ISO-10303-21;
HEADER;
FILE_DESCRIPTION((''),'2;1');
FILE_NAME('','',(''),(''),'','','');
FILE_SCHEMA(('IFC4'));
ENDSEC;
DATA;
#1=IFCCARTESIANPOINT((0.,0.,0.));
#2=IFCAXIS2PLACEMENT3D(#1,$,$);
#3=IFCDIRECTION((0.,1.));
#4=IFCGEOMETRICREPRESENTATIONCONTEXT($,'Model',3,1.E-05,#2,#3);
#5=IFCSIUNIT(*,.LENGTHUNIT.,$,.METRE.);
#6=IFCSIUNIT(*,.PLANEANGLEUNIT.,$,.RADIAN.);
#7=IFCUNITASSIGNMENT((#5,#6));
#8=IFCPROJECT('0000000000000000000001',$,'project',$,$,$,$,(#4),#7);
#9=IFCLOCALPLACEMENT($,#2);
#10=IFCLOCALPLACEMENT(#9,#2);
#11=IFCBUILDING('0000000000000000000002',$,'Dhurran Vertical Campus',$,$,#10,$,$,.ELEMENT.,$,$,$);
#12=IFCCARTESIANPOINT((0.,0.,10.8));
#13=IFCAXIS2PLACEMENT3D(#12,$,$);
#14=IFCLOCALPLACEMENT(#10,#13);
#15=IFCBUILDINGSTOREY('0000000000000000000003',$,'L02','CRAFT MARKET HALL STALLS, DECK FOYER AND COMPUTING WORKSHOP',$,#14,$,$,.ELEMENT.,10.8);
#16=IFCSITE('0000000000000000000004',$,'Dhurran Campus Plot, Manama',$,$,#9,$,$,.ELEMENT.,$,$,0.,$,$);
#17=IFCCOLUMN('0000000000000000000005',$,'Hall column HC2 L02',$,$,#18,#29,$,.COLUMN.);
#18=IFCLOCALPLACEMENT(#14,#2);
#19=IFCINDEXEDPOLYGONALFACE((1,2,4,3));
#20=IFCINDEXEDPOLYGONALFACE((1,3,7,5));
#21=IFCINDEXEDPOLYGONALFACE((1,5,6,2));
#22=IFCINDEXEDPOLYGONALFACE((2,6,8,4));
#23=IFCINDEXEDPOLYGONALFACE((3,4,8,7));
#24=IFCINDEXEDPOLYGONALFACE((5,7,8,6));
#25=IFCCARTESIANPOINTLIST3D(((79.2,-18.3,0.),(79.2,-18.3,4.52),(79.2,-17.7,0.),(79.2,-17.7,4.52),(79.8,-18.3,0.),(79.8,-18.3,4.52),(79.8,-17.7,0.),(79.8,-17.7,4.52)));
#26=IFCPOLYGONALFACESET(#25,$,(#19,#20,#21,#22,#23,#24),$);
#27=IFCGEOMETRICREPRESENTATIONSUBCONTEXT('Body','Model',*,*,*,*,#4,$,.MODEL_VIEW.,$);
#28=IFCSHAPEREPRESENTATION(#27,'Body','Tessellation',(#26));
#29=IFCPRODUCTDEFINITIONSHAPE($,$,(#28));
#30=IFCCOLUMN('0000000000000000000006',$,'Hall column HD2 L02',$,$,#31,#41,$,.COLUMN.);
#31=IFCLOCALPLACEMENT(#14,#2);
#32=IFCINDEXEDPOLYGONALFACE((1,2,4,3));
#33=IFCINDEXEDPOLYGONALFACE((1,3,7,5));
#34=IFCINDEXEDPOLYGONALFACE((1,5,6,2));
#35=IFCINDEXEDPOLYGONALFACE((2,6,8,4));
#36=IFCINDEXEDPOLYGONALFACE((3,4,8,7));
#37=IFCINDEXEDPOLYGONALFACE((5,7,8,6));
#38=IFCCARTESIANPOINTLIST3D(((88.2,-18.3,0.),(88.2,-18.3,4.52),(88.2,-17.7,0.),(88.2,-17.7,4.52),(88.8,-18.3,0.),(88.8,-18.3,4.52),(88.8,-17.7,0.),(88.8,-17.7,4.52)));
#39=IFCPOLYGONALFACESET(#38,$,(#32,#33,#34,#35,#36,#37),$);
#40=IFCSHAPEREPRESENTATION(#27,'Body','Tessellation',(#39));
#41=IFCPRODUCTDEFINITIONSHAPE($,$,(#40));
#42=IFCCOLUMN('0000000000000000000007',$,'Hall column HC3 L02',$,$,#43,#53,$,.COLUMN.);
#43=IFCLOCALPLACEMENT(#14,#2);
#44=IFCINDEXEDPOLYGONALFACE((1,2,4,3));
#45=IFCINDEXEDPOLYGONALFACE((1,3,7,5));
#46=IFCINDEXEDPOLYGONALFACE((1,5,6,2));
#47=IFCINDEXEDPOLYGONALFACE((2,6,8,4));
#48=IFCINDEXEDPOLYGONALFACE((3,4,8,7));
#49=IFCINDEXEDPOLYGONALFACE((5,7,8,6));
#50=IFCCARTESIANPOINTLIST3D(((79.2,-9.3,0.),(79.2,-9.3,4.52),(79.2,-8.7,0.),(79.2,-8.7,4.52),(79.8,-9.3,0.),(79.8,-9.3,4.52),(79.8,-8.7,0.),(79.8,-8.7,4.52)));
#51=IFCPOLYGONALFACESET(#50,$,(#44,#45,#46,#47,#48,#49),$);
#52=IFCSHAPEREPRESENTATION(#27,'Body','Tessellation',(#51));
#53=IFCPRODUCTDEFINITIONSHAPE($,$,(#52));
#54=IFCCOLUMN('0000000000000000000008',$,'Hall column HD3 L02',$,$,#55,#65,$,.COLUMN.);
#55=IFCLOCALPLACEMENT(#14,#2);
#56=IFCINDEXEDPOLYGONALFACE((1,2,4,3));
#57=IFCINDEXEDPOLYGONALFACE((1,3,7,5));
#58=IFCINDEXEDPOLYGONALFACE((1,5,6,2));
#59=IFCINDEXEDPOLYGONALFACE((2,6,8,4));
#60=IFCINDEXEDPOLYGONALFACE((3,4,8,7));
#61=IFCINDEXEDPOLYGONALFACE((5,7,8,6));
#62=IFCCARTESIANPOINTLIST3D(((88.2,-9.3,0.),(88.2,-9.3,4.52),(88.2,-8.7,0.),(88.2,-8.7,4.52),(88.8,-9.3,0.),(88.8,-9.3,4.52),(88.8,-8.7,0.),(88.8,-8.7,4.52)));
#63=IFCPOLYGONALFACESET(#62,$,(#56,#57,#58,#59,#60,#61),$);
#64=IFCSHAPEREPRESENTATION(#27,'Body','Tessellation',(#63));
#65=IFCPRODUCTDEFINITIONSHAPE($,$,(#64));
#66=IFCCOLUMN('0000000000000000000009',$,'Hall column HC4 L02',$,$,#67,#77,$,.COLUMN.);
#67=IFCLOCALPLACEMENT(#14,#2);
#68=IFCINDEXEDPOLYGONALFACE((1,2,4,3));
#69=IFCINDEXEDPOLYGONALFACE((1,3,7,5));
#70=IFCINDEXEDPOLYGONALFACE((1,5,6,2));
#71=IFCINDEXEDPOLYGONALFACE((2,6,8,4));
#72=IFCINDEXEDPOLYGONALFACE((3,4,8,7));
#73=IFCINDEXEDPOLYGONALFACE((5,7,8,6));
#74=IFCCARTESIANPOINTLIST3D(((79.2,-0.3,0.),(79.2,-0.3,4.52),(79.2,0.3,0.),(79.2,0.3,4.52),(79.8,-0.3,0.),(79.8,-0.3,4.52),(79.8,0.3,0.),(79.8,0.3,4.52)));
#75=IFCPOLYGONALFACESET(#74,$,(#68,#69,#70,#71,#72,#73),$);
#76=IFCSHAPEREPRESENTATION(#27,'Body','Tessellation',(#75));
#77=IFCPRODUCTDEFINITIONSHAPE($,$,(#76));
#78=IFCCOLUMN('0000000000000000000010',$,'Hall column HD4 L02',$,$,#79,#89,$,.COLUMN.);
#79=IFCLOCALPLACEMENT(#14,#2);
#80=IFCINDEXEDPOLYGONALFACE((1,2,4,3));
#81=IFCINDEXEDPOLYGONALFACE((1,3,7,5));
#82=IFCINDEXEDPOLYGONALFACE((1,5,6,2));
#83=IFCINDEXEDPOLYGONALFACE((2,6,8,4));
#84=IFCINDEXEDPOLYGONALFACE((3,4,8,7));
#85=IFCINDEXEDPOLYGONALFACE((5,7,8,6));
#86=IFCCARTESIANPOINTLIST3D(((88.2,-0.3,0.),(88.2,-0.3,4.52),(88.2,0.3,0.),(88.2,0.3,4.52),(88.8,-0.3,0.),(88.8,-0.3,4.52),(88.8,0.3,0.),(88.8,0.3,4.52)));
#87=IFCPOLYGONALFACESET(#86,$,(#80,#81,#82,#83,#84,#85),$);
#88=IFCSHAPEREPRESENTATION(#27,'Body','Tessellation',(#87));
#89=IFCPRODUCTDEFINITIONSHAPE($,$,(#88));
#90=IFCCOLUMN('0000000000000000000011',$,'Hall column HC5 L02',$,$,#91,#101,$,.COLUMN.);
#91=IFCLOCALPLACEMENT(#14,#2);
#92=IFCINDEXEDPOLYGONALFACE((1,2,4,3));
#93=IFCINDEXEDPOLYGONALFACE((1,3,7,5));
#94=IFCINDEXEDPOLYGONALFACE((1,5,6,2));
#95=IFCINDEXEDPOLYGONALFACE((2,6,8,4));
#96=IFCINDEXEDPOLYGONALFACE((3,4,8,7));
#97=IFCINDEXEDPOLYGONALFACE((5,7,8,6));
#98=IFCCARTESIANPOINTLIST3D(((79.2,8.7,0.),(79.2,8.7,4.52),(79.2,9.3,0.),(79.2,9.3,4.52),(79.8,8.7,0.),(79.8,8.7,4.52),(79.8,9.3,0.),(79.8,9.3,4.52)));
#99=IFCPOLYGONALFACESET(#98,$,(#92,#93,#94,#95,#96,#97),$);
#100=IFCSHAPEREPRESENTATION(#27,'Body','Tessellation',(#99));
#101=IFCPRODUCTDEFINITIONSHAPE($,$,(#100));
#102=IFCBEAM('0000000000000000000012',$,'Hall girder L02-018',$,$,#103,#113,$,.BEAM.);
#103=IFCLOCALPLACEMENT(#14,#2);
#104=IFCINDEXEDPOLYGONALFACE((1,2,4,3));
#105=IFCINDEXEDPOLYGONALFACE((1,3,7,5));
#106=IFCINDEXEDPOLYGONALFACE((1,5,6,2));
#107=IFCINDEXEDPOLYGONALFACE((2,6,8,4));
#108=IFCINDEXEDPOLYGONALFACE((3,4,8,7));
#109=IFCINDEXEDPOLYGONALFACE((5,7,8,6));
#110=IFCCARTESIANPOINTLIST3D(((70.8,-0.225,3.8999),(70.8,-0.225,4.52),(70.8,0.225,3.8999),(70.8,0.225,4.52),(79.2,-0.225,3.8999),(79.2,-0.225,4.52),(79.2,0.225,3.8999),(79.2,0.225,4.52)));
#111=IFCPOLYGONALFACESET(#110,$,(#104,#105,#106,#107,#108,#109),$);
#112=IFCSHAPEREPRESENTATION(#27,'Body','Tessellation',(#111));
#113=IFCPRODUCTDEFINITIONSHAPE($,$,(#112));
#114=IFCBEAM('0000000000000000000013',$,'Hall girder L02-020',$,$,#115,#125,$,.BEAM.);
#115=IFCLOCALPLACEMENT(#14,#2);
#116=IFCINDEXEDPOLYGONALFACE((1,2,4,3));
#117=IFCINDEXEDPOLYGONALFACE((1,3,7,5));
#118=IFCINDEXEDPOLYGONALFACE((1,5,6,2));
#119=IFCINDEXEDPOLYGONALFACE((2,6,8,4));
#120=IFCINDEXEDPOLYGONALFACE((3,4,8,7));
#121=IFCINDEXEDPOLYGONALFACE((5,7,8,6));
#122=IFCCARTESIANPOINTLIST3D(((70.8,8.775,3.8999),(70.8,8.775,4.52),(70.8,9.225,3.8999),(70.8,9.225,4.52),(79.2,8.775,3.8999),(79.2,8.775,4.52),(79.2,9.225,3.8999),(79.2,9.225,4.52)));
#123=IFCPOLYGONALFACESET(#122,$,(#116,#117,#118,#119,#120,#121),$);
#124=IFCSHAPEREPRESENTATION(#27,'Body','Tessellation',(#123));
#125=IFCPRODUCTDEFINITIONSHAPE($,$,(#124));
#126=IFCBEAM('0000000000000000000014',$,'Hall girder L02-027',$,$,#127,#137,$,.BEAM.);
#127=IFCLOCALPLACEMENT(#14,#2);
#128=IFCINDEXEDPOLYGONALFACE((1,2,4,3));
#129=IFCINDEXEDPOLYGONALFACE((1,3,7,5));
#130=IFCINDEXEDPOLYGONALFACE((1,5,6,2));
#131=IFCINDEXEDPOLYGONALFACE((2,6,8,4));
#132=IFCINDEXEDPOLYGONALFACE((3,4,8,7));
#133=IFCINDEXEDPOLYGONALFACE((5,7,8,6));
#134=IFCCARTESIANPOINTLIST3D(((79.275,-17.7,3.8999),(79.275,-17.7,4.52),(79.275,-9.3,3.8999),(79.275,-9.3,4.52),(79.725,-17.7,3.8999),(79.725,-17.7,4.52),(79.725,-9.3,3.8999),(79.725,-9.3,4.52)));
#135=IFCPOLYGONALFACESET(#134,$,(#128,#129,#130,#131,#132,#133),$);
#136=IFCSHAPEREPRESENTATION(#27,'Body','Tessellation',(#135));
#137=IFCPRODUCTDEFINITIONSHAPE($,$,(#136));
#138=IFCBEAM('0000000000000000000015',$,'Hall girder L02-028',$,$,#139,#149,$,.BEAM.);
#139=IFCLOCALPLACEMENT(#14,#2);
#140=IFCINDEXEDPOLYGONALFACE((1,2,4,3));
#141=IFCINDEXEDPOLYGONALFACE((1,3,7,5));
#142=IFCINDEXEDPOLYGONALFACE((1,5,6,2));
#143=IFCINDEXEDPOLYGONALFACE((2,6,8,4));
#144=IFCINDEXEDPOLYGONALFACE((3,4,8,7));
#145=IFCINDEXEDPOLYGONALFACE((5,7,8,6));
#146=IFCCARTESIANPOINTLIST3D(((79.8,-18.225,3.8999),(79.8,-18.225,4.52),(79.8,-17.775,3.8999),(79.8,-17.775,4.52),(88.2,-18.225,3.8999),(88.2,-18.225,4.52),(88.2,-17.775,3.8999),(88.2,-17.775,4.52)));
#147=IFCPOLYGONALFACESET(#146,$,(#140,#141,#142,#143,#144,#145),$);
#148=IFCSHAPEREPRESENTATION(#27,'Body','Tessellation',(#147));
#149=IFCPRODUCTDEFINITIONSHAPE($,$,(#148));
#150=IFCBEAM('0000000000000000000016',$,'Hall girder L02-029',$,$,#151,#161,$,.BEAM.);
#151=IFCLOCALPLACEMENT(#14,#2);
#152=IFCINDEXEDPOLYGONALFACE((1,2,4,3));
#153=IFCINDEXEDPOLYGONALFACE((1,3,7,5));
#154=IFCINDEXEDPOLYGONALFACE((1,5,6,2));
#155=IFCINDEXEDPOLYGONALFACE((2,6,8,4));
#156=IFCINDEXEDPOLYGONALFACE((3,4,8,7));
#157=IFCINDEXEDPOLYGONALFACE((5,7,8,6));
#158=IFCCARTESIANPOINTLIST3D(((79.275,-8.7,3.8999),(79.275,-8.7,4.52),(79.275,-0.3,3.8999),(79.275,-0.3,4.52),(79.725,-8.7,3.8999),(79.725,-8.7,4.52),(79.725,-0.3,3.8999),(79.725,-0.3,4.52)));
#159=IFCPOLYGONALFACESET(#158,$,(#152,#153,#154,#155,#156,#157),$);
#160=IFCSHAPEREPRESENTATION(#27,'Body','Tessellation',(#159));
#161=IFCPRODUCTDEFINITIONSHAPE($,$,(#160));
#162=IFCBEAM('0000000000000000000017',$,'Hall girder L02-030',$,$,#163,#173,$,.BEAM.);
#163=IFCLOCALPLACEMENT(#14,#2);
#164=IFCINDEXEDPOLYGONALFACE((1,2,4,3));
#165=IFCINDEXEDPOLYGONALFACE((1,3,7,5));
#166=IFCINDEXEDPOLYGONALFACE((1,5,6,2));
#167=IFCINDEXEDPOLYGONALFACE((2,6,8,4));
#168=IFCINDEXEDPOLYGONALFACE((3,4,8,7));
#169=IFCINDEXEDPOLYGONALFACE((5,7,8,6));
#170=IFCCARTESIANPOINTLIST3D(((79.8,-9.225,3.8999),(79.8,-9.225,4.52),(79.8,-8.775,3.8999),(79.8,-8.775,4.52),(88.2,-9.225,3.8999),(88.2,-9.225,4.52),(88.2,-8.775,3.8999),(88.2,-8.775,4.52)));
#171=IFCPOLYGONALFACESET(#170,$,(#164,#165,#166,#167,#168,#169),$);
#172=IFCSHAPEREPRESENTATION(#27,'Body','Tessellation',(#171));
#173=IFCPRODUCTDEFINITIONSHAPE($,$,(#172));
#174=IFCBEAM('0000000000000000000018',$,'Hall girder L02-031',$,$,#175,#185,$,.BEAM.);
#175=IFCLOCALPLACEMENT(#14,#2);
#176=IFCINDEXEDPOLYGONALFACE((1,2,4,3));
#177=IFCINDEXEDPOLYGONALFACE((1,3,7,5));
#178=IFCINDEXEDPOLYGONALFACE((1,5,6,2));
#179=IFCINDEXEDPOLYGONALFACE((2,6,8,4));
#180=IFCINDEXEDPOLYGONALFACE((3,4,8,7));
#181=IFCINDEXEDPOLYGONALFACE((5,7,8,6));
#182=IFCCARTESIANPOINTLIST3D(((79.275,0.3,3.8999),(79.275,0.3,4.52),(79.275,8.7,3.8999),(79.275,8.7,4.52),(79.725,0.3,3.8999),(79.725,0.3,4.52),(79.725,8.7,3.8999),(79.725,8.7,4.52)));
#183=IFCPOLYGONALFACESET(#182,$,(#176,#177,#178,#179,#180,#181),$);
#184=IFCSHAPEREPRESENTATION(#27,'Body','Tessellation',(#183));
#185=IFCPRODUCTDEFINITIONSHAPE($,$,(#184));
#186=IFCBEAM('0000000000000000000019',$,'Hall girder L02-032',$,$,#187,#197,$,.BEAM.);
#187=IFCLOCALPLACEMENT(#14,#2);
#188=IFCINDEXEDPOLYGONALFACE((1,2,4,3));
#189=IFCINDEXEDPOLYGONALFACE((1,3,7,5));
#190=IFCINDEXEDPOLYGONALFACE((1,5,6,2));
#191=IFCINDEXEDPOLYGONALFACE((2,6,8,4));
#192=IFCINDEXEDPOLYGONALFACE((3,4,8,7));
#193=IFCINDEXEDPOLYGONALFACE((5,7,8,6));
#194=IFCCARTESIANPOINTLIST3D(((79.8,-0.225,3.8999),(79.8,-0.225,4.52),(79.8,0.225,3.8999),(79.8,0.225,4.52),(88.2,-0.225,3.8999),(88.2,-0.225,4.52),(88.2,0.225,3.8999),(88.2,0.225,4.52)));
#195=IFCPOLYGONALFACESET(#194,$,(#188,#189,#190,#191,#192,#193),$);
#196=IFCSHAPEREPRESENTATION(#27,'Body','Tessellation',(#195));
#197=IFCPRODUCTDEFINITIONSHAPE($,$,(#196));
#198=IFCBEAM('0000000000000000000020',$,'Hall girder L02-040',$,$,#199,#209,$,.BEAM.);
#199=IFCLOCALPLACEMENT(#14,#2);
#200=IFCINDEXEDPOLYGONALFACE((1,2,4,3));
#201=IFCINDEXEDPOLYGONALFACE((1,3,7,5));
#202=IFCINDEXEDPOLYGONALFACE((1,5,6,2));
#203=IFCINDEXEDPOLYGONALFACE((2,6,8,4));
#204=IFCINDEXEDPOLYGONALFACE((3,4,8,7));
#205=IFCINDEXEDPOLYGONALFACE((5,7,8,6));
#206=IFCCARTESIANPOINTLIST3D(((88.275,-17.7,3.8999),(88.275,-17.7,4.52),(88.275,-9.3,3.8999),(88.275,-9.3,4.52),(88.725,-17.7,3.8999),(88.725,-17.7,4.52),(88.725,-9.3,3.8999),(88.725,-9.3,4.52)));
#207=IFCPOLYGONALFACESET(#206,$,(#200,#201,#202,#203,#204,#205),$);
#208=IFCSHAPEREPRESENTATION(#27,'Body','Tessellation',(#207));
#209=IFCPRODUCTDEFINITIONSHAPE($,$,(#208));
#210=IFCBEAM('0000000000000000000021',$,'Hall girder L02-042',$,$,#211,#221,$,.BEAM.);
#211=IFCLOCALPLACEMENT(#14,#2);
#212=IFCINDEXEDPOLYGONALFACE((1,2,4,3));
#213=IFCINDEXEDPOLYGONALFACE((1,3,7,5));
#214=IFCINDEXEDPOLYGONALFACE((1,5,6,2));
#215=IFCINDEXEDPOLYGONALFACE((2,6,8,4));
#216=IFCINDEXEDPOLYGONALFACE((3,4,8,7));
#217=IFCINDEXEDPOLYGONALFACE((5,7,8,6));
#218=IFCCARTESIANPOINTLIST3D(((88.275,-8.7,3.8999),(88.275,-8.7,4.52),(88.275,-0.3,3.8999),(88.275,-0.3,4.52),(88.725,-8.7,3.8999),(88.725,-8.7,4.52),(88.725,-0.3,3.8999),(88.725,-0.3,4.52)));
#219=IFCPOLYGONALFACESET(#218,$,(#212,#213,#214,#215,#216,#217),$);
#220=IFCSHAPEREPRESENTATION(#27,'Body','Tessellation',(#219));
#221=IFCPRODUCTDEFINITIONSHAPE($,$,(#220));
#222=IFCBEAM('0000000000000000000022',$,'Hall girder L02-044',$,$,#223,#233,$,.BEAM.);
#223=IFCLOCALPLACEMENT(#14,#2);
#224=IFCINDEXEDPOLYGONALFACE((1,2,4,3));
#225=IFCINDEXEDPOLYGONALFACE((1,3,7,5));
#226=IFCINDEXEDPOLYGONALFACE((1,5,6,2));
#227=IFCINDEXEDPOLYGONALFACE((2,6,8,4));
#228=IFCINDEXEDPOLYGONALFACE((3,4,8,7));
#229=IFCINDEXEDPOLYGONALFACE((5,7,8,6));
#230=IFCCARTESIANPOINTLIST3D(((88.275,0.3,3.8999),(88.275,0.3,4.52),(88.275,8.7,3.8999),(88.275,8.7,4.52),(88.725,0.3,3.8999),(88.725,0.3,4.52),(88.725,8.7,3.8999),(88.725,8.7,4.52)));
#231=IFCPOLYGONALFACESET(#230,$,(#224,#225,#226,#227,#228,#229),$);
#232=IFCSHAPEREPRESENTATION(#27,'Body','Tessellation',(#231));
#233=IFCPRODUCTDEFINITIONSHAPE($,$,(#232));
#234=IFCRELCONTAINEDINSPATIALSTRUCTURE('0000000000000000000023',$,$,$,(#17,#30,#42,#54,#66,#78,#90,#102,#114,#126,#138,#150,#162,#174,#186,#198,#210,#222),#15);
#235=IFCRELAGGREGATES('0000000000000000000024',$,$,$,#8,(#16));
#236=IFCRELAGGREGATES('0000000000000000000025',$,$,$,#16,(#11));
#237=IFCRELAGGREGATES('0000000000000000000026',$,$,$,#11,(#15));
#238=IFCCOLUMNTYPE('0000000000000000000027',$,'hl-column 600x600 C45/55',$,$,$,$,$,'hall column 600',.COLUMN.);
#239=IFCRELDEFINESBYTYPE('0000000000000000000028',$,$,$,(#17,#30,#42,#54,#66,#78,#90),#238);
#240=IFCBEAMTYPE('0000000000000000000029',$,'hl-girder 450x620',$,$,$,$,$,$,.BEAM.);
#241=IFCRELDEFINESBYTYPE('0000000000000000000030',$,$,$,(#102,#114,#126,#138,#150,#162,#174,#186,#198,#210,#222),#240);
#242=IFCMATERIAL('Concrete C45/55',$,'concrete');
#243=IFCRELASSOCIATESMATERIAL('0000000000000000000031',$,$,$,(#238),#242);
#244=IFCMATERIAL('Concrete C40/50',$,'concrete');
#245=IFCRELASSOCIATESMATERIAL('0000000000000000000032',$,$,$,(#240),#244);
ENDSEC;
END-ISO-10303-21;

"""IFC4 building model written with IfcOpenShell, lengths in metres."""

from ifc_helpers import new_model, si_unit, direction, frame, origin, origin_2d, place, context, subcontext, project, spatial, rectangle, extrude, material, material_profile, profile_set, type_object, element, save


model = new_model("IFC4")

# Units and contexts
model_context = context("Model", 3, precision=1e-05, world=origin(), true_north=direction((0.0, 1.0)))
body_context = subcontext(model_context, "Body", "Model", "MODEL_VIEW")
ifc_project = project(units=[si_unit("LENGTHUNIT", "METRE"), si_unit("PLANEANGLEUNIT", "RADIAN")], contexts=[model_context])

# Site, building, storey
site_placement = place(None, origin())
site = spatial("IfcSite", under=ifc_project, at=site_placement, Name="Dhurran Campus Plot, Manama", CompositionType="ELEMENT", RefElevation=0.0)
building_placement = place(site_placement, origin())
building = spatial("IfcBuilding", under=site, at=building_placement, Name="Dhurran Vertical Campus", CompositionType="ELEMENT")
storey_placement = place(building_placement, frame((0.0, 0.0, 10.8)))
storey = spatial("IfcBuildingStorey", under=building, at=storey_placement, Name="L02", Description="CRAFT MARKET HALL STALLS, DECK FOYER AND COMPUTING WORKSHOP", CompositionType="ELEMENT", Elevation=10.8)

# Columns
ifc_material_1 = material(Name="Concrete C45/55", Category="concrete")
ifc_material_profile_1 = material_profile(ifc_material_1, rectangle(XDim=0.6001, YDim=0.6001, at=origin_2d()), Name="hl-column 600x600 C45/55")
ifc_profile_set_1 = profile_set([ifc_material_profile_1], Name="Concrete C45/55")
column_type = type_object("IfcColumnType", Name="hl-column 600x600 C45/55", ElementType="hall column 600", PredefinedType="COLUMN", material=ifc_profile_set_1)
for number, where, z_axis, x_axis, name in (
    (1, (79.5, -18.0, 0.0), (0.0, 0.0, 1.0), (1.0, 0.0, 0.0), "Hall column HC2 L02"),
    (2, (88.5, -18.0, 0.0), (0.0, 0.0, 1.0), (1.0, 0.0, 0.0), "Hall column HD2 L02"),
    (3, (79.5, -9.0, 0.0), (0.0, 0.0, 1.0), (1.0, 0.0, 0.0), "Hall column HC3 L02"),
    (4, (88.5, -9.0, 0.0), (0.0, 0.0, 1.0), (1.0, 0.0, 0.0), "Hall column HD3 L02"),
    (5, (79.5, 0.0, 0.0), (0.0, 0.0, 1.0), (1.0, 0.0, 0.0), "Hall column HC4 L02"),
    (6, (88.5, 0.0, 0.0), (0.0, 0.0, 1.0), (1.0, 0.0, 0.0), "Hall column HD4 L02"),
    (7, (79.5, 9.0, 0.0), (0.0, 0.0, 1.0), (1.0, 0.0, 0.0), "Hall column HC5 L02"),
):
    element("IfcColumn", number, at=place(storey_placement, frame(where, z_axis=z_axis, x_axis=x_axis)), inside=storey, type_object=column_type, Name=name, PredefinedType="COLUMN", context=body_context, shape_type="SweptSolid", body=[
        extrude(rectangle(XDim=0.6001, YDim=0.6001, at=origin_2d()), origin(), (0.0, 0.0, 1.0), 4.52),
    ])

# Beams
ifc_material_2 = material(Name="Concrete C40/50", Category="concrete")
ifc_material_profile_2 = material_profile(ifc_material_2, rectangle(XDim=0.45, YDim=0.6201, at=origin_2d()), Name="hl-girder 450x620")
ifc_profile_set_2 = profile_set([ifc_material_profile_2], Name="Concrete C40/50")
beam_type = type_object("IfcBeamType", Name="hl-girder 450x620", PredefinedType="BEAM", material=ifc_profile_set_2)
for number, where, z_axis, x_axis, name in (
    (8, (70.8, 0.0, 4.21), (1.0, 0.0, 0.0), (0.0, 1.0, 0.0), "Hall girder L02-018"),
    (9, (70.8, 9.0, 4.21), (1.0, 0.0, 0.0), (0.0, 1.0, 0.0), "Hall girder L02-020"),
    (10, (79.5, -17.7, 4.21), (0.0, 1.0, 0.0), (-1.0, 0.0, 0.0), "Hall girder L02-027"),
    (11, (79.8, -18.0, 4.21), (1.0, 0.0, 0.0), (0.0, 1.0, 0.0), "Hall girder L02-028"),
    (12, (79.5, -8.7, 4.21), (0.0, 1.0, 0.0), (-1.0, 0.0, 0.0), "Hall girder L02-029"),
    (13, (79.8, -9.0, 4.21), (1.0, 0.0, 0.0), (0.0, 1.0, 0.0), "Hall girder L02-030"),
    (14, (79.5, 0.3, 4.21), (0.0, 1.0, 0.0), (-1.0, 0.0, 0.0), "Hall girder L02-031"),
    (15, (79.8, 0.0, 4.21), (1.0, 0.0, 0.0), (0.0, 1.0, 0.0), "Hall girder L02-032"),
    (16, (88.5, -17.7, 4.21), (0.0, 1.0, 0.0), (-1.0, 0.0, 0.0), "Hall girder L02-040"),
    (17, (88.5, -8.7, 4.21), (0.0, 1.0, 0.0), (-1.0, 0.0, 0.0), "Hall girder L02-042"),
    (18, (88.5, 0.3, 4.21), (0.0, 1.0, 0.0), (-1.0, 0.0, 0.0), "Hall girder L02-044"),
):
    element("IfcBeam", number, at=place(storey_placement, frame(where, z_axis=z_axis, x_axis=x_axis)), inside=storey, type_object=beam_type, Name=name, PredefinedType="BEAM", context=body_context, shape_type="SweptSolid", body=[
        extrude(rectangle(XDim=0.45, YDim=0.6201, at=origin_2d()), origin(), (0.0, 0.0, 1.0), 8.3999),
    ])

save(model, "model.ifc")
